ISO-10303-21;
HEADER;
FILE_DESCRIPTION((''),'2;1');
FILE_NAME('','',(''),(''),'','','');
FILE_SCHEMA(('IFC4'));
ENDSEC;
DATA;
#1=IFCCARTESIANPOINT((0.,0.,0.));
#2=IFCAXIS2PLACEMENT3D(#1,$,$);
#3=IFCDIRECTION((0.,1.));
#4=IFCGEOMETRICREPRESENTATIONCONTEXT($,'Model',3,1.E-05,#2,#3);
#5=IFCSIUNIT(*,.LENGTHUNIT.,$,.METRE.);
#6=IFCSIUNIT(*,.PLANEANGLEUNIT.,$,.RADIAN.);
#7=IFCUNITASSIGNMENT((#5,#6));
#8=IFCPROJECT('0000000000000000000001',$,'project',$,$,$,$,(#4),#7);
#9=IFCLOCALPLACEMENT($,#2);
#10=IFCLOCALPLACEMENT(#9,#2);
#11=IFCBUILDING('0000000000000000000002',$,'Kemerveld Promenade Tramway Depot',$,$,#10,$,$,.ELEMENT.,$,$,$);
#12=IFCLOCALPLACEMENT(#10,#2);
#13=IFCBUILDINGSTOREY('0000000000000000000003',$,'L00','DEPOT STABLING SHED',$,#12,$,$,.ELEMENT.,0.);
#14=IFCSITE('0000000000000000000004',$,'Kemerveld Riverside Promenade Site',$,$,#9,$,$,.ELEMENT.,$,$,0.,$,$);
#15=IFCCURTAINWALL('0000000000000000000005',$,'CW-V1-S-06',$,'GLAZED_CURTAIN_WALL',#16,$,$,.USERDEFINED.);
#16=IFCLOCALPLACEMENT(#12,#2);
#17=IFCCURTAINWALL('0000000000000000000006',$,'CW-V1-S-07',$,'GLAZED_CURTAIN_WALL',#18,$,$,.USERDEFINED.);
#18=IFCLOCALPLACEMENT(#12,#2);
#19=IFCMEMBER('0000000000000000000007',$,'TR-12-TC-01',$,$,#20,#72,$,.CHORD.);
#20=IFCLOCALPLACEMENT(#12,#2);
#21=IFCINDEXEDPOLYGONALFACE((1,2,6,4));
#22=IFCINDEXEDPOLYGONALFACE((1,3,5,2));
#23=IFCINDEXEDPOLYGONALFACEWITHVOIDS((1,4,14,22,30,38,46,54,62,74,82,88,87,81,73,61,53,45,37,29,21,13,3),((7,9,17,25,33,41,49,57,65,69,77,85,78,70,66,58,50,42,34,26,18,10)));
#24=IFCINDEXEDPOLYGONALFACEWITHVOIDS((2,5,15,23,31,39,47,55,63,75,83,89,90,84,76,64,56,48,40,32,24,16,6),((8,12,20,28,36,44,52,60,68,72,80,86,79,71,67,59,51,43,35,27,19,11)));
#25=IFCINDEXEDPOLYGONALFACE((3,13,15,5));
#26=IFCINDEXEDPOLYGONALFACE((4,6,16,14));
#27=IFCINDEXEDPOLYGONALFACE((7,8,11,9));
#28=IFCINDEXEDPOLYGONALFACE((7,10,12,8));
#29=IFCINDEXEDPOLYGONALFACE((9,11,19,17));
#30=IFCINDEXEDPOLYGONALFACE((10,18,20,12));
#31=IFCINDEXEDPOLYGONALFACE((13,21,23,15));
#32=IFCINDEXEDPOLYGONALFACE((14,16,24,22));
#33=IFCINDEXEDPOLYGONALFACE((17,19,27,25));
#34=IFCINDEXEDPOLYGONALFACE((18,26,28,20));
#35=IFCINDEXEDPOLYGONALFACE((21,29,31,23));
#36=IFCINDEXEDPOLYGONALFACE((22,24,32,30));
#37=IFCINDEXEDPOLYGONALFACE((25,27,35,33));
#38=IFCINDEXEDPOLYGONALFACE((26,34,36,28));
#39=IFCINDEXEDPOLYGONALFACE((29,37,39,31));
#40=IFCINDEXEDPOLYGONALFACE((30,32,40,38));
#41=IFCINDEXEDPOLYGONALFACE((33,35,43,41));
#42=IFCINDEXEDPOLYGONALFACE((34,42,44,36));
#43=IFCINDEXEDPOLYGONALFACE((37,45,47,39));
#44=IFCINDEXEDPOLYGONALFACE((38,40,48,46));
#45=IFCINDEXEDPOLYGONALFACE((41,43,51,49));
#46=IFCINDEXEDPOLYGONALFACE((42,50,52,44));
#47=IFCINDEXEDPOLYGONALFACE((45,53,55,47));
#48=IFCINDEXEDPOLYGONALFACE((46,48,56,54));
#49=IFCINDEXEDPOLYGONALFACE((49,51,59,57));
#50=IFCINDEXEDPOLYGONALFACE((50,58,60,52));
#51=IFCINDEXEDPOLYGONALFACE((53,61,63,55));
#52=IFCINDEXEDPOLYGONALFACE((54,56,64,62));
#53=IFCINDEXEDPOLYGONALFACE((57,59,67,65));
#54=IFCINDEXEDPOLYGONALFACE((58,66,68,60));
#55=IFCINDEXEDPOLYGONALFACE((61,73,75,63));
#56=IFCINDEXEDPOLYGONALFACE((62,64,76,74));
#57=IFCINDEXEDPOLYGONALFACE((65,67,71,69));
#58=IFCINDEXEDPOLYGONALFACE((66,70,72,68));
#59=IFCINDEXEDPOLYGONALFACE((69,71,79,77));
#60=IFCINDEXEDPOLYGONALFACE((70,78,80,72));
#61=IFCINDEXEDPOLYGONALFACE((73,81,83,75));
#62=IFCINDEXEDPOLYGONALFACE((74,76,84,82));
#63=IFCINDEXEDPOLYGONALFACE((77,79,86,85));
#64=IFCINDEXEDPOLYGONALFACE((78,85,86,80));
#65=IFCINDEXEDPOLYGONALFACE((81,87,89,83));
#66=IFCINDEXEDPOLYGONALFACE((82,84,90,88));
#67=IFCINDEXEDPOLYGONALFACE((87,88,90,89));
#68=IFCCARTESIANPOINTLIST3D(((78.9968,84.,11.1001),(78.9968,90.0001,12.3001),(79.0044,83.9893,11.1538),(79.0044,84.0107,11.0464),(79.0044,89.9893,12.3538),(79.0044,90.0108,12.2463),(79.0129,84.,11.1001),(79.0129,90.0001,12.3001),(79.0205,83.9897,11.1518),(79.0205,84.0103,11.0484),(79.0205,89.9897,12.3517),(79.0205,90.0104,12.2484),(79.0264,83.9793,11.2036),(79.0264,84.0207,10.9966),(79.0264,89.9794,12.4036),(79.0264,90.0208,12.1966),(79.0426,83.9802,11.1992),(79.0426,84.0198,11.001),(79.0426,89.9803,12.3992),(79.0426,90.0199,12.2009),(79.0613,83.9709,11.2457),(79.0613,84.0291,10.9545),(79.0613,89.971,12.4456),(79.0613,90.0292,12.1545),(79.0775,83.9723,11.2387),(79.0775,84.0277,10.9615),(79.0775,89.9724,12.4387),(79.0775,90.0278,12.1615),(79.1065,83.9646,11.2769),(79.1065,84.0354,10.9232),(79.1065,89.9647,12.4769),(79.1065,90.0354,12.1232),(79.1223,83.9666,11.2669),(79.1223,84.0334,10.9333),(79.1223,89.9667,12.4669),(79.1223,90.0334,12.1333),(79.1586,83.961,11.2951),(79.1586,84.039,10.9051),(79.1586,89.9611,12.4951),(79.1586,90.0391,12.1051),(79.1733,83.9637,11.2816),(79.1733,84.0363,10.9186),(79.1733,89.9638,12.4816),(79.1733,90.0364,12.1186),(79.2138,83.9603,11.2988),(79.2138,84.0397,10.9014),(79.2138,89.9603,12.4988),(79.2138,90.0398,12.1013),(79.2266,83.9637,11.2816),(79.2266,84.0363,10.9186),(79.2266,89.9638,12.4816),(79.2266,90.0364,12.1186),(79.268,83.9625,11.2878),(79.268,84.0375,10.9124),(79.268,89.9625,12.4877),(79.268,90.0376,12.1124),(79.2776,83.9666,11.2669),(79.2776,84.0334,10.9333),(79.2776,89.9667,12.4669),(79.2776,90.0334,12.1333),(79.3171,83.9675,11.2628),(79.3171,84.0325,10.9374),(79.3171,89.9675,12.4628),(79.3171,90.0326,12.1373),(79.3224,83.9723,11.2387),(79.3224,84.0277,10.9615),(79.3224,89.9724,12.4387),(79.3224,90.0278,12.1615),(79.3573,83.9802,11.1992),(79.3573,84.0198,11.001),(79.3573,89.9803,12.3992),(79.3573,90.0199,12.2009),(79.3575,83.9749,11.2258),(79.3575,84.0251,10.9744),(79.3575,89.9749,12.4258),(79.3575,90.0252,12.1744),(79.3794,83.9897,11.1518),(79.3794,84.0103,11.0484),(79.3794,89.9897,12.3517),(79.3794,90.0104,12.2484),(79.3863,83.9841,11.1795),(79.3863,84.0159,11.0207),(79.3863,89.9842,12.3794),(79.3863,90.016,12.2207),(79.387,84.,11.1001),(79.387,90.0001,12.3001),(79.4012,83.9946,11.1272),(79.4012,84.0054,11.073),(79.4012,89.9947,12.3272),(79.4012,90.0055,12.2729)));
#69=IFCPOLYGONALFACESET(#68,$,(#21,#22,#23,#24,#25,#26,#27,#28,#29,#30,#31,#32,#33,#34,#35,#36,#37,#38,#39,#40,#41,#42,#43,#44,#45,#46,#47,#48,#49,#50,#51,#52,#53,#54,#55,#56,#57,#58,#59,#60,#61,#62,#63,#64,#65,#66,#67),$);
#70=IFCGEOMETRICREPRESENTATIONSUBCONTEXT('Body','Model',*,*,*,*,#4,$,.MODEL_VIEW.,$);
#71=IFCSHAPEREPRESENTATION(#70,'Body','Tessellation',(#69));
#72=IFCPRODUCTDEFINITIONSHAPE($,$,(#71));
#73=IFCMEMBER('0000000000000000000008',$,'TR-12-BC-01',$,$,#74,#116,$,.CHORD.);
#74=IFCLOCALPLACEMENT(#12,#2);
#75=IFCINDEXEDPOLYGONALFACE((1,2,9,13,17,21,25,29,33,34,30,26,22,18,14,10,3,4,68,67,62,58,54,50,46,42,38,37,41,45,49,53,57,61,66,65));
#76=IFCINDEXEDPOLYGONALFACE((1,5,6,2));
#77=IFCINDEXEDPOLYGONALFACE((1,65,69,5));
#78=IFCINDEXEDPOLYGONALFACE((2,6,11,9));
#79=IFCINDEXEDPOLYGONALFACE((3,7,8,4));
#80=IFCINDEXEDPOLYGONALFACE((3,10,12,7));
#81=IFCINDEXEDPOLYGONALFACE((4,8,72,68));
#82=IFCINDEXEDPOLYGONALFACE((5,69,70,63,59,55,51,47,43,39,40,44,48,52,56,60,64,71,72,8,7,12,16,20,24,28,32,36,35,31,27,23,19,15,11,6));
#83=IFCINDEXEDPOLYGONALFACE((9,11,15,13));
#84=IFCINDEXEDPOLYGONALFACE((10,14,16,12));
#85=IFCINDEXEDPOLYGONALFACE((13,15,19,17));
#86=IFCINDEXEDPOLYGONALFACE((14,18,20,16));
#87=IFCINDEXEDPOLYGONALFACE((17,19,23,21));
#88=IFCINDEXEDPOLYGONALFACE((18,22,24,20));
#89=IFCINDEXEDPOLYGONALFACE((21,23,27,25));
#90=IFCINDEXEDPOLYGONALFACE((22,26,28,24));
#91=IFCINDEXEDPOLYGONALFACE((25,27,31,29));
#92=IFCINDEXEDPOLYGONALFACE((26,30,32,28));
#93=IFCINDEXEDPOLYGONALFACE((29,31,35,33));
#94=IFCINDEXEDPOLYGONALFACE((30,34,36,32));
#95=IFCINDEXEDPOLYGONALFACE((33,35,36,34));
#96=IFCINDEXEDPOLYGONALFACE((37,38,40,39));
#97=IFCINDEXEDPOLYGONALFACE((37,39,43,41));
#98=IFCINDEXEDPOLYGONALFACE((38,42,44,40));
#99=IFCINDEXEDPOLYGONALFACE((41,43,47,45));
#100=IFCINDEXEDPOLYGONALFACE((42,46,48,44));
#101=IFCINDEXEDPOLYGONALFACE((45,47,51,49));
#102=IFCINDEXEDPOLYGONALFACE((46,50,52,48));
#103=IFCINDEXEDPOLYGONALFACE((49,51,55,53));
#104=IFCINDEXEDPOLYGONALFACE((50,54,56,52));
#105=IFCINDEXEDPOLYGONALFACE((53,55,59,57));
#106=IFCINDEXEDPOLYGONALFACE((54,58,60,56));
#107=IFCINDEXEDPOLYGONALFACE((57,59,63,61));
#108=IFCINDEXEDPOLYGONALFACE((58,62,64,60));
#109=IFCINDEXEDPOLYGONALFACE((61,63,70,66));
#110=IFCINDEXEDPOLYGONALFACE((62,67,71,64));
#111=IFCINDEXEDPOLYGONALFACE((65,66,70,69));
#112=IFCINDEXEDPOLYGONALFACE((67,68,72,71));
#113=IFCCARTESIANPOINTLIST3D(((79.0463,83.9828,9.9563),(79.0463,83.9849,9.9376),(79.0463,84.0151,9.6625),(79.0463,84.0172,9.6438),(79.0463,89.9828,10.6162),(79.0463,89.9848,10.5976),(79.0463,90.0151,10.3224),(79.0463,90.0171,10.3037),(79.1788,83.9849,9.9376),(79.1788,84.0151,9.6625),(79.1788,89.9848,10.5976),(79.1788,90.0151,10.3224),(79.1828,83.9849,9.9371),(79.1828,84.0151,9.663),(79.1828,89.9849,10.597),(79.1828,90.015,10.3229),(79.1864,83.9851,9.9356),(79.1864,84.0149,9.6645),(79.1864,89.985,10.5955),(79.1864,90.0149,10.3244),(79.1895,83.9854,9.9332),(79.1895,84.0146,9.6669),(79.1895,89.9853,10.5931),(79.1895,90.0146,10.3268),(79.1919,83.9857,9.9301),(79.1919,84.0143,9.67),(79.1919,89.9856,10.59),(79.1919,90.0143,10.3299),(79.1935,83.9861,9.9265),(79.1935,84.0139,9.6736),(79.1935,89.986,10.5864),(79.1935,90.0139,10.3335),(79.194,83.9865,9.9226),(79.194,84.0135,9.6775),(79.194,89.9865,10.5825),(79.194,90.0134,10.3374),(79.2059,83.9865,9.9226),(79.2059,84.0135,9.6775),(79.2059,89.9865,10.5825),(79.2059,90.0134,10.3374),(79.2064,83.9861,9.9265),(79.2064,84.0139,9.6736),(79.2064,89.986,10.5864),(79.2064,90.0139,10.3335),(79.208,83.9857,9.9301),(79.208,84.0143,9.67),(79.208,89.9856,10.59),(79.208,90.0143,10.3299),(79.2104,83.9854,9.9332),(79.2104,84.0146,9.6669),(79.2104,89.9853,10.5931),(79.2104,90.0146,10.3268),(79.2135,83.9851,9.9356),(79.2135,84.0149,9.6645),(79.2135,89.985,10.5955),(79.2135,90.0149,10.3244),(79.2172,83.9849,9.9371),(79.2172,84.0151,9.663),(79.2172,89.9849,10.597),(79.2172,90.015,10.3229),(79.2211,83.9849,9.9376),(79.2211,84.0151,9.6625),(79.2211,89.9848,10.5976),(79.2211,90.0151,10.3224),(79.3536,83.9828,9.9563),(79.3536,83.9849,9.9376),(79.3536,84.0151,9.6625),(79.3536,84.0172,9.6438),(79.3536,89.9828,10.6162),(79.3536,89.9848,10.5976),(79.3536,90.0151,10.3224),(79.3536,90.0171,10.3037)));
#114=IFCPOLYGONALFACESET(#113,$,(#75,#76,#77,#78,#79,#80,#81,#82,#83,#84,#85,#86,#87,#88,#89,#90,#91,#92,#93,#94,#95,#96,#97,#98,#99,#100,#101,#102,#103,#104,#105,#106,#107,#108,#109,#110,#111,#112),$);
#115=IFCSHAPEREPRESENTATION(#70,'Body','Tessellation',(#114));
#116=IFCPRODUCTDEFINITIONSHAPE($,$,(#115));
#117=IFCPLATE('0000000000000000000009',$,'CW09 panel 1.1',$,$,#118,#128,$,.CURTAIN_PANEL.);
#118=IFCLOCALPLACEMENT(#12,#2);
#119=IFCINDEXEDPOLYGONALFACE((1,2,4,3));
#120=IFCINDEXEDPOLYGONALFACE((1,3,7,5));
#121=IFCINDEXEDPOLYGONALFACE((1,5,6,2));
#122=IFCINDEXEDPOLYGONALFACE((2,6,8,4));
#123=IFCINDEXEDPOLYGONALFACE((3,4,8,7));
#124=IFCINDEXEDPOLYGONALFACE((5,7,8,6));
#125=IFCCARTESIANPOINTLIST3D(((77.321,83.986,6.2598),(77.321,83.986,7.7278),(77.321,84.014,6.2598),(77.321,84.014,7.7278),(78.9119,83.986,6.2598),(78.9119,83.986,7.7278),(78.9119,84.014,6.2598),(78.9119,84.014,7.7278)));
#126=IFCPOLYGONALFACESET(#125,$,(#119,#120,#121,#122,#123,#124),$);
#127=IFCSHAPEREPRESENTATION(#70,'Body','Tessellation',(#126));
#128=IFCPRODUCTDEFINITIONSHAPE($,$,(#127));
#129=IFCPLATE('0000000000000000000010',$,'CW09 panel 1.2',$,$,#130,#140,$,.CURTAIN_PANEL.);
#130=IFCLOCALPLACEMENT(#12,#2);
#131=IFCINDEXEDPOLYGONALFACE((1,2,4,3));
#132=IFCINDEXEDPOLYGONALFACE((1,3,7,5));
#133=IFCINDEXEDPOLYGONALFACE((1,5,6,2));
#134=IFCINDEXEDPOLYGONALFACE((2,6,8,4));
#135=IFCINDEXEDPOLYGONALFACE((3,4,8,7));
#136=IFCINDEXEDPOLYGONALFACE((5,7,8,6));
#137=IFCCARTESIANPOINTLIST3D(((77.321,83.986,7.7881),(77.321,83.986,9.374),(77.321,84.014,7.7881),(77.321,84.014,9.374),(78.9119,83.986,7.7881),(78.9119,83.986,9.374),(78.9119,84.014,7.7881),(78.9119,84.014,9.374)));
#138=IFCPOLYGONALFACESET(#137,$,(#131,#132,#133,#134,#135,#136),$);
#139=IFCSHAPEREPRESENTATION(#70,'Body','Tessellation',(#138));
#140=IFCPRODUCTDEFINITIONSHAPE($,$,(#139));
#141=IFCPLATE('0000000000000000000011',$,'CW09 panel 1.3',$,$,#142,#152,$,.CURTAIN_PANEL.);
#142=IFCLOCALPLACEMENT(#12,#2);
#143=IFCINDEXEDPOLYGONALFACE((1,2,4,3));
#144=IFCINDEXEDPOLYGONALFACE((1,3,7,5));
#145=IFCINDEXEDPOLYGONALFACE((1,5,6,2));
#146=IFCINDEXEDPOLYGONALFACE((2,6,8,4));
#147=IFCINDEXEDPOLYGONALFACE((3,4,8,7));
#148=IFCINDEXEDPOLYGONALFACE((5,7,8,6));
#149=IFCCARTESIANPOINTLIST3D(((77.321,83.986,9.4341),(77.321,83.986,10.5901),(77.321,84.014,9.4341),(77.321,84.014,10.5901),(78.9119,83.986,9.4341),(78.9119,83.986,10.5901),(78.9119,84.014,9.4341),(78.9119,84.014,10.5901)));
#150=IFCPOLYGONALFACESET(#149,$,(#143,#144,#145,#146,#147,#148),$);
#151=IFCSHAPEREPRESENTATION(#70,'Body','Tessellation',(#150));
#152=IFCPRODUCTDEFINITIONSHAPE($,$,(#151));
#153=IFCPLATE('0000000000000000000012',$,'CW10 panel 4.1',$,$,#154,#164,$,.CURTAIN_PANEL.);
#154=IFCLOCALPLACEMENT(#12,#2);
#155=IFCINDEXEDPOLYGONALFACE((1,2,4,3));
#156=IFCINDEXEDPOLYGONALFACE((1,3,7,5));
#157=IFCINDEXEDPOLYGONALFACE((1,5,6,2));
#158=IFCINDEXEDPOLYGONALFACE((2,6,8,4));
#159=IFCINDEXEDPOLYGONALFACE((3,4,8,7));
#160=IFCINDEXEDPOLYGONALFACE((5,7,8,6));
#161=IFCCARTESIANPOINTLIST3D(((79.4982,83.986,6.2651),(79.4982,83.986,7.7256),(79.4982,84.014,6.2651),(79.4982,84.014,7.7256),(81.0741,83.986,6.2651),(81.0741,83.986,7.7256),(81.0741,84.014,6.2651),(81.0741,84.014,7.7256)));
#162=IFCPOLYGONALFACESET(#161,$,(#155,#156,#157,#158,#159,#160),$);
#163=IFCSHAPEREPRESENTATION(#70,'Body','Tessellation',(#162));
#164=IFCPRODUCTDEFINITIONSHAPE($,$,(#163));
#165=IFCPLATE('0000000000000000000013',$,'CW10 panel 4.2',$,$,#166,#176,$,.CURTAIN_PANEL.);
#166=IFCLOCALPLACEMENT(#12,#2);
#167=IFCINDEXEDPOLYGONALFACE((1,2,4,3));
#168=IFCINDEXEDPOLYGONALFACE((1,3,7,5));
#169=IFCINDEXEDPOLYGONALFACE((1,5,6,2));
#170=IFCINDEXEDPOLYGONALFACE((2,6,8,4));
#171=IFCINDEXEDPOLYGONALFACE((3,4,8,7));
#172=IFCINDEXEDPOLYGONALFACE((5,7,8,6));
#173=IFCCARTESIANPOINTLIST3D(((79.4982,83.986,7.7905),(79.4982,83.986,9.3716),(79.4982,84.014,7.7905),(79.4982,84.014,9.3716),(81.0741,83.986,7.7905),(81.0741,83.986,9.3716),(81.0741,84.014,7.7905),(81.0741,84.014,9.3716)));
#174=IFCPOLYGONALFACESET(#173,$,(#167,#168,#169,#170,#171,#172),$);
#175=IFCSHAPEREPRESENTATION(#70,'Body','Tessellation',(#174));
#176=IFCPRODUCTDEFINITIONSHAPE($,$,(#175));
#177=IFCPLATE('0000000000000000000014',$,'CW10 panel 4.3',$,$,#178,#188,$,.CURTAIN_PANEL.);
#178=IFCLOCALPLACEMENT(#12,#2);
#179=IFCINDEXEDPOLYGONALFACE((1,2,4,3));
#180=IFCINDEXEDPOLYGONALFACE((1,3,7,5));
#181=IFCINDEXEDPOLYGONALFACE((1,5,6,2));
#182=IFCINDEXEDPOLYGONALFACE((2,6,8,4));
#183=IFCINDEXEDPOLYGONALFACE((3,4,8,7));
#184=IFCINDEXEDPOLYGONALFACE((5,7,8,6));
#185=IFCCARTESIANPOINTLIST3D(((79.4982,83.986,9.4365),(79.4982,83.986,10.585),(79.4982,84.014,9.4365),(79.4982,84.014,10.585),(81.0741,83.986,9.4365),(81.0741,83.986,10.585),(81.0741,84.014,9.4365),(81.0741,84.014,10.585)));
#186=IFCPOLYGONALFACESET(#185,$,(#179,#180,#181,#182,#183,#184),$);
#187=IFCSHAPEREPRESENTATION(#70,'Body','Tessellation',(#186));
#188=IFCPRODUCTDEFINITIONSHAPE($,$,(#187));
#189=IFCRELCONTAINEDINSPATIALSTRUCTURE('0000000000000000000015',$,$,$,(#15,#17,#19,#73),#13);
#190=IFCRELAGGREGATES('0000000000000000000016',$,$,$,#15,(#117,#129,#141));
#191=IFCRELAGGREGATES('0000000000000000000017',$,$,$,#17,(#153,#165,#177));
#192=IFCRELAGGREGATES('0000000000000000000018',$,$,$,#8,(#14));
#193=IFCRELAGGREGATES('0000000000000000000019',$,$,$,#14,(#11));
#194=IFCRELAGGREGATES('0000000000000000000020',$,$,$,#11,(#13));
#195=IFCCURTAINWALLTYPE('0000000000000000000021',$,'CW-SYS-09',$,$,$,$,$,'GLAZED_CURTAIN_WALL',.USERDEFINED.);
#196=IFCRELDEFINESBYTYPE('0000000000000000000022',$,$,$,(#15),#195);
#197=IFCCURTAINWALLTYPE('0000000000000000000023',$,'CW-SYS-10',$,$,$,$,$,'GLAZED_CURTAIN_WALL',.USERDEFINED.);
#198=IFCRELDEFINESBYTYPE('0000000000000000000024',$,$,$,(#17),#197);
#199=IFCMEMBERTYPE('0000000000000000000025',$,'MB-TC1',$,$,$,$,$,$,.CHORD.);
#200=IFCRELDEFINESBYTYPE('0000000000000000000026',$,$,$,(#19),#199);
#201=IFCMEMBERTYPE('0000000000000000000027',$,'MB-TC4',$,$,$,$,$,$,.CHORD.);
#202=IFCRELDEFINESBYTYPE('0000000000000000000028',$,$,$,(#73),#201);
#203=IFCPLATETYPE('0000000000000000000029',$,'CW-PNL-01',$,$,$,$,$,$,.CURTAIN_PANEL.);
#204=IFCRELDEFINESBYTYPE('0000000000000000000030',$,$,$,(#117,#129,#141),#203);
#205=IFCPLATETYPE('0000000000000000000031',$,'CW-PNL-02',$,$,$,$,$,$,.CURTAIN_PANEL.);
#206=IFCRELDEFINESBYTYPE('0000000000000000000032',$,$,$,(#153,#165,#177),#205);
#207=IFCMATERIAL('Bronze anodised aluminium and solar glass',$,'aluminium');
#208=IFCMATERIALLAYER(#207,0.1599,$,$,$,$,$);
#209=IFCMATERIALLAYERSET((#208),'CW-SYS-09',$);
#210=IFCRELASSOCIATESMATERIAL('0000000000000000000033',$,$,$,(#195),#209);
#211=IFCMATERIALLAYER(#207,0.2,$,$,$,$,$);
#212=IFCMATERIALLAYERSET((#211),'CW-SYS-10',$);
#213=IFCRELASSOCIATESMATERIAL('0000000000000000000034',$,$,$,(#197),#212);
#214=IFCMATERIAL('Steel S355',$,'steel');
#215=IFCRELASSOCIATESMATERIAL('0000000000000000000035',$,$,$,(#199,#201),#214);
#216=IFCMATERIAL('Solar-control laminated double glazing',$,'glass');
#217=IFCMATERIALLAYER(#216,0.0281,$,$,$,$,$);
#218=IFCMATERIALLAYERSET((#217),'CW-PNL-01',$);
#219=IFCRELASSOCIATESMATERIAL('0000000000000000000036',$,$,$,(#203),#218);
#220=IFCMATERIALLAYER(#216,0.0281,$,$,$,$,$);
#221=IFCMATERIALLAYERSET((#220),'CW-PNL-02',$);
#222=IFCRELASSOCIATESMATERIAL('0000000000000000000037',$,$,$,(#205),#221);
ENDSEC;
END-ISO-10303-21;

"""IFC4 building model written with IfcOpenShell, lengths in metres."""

from ifc_helpers import new_model, si_unit, direction, frame, origin, origin_2d, place, context, subcontext, project, spatial, rectangle, hollow_circle, i_section, extrude, material, layer, layer_set, material_profile, profile_set, type_object, element, aggregate, save


model = new_model("IFC4")

# Units and contexts
model_context = context("Model", 3, precision=1e-05, world=origin(), true_north=direction((0.0, 1.0)))
body_context = subcontext(model_context, "Body", "Model", "MODEL_VIEW")
ifc_project = project(units=[si_unit("LENGTHUNIT", "METRE"), si_unit("PLANEANGLEUNIT", "RADIAN")], contexts=[model_context])

# Site, building, storey
site_placement = place(None, origin())
site = spatial("IfcSite", under=ifc_project, at=site_placement, Name="Kemerveld Riverside Promenade Site", CompositionType="ELEMENT", RefElevation=0.0)
building_placement = place(site_placement, origin())
building = spatial("IfcBuilding", under=site, at=building_placement, Name="Kemerveld Promenade Tramway Depot", CompositionType="ELEMENT")
storey_placement = place(building_placement, origin())
storey = spatial("IfcBuildingStorey", under=building, at=storey_placement, Name="L00", Description="DEPOT STABLING SHED", CompositionType="ELEMENT", Elevation=0.0)

# Shared definitions
ifc_material_1 = material(Name="Steel S355", Category="steel")

# Curtain wall
ifc_material_2 = material(Name="Bronze anodised aluminium and solar glass", Category="aluminium")
ifc_layer_1 = layer(ifc_material_2, 0.1599)
ifc_layer_set_1 = layer_set([ifc_layer_1], Name="CW-SYS-09")
curtain_wall_type_1 = type_object("IfcCurtainWallType", Name="CW-SYS-09", ElementType="GLAZED_CURTAIN_WALL", PredefinedType="USERDEFINED", material=ifc_layer_set_1)
curtain_wall_1_placement = place(storey_placement, origin())
curtain_wall_1 = element("IfcCurtainWall", 1, at=curtain_wall_1_placement, inside=storey, type_object=curtain_wall_type_1, Name="CW-V1-S-06", ObjectType="GLAZED_CURTAIN_WALL", PredefinedType="USERDEFINED")

# Curtain wall
ifc_layer_2 = layer(ifc_material_2, 0.2)
ifc_layer_set_2 = layer_set([ifc_layer_2], Name="CW-SYS-10")
curtain_wall_type_2 = type_object("IfcCurtainWallType", Name="CW-SYS-10", ElementType="GLAZED_CURTAIN_WALL", PredefinedType="USERDEFINED", material=ifc_layer_set_2)
curtain_wall_2_placement = place(storey_placement, origin())
curtain_wall_2 = element("IfcCurtainWall", 2, at=curtain_wall_2_placement, inside=storey, type_object=curtain_wall_type_2, Name="CW-V1-S-07", ObjectType="GLAZED_CURTAIN_WALL", PredefinedType="USERDEFINED")

# Members
ifc_material_profile_1 = material_profile(ifc_material_1, hollow_circle(Radius=0.2031, WallThickness=0.0161, at=origin_2d()), Name="406.4x16.0 CHS")
ifc_profile_set_1 = profile_set([ifc_material_profile_1], Name="Steel S355")
member_type_1 = type_object("IfcMemberType", Name="MB-TC1", PredefinedType="CHORD", material=ifc_profile_set_1)
member_1_placement = place(storey_placement, frame((79.2, 84.0, 11.1001), z_axis=(0.0, 0.980582, 0.196108), x_axis=(-1.0, 0.0, 0.0)))
element("IfcMember", 3, at=member_1_placement, inside=storey, type_object=member_type_1, Name="TR-12-TC-01", PredefinedType="CHORD", context=body_context, shape_type="SweptSolid", body=[
    extrude(hollow_circle(Radius=0.2031, WallThickness=0.0161, at=origin_2d()), origin(), (0.0, 0.0, 1.0), 6.1189),
])
ifc_material_profile_2 = material_profile(ifc_material_1, i_section(OverallWidth=0.3074, OverallDepth=0.3145, WebThickness=0.012, FlangeThickness=0.0188, FilletRadius=0.0151, at=origin_2d()), Name="305x305x118 UC")
ifc_profile_set_2 = profile_set([ifc_material_profile_2], Name="Steel S355")
member_type_2 = type_object("IfcMemberType", Name="MB-TC4", PredefinedType="CHORD", material=ifc_profile_set_2)
member_2_placement = place(storey_placement, frame((79.2, 84.0, 9.8), z_axis=(0.0, 0.994006, 0.109326), x_axis=(-1.0, 0.0, 0.0)))
element("IfcMember", 4, at=member_2_placement, inside=storey, type_object=member_type_2, Name="TR-12-BC-01", PredefinedType="CHORD", context=body_context, shape_type="SweptSolid", body=[
    extrude(i_section(OverallWidth=0.3074, OverallDepth=0.3145, WebThickness=0.012, FlangeThickness=0.0188, FilletRadius=0.0151, at=origin_2d()), origin(), (0.0, 0.0, 1.0), 6.0361),
])

# Plates
ifc_material_3 = material(Name="Solar-control laminated double glazing", Category="glass")
ifc_layer_3 = layer(ifc_material_3, 0.0281)
ifc_layer_set_3 = layer_set([ifc_layer_3], Name="CW-PNL-01")
plate_type_1 = type_object("IfcPlateType", Name="CW-PNL-01", PredefinedType="CURTAIN_PANEL", material=ifc_layer_set_3)
plate_1_placement = place(storey_placement, frame((78.1165, 84.0, 6.2598), z_axis=(0.0, 0.0, 1.0), x_axis=(-1.0, 0.0, 0.0)))
plate_1 = element("IfcPlate", 5, at=plate_1_placement, type_object=plate_type_1, Name="CW09 panel 1.1", PredefinedType="CURTAIN_PANEL", context=body_context, shape_type="SweptSolid", body=[
    extrude(rectangle(XDim=1.5908, YDim=0.0281, at=origin_2d()), origin(), (0.0, 0.0, 1.0), 1.468),
])
plate_2_placement = place(storey_placement, frame((78.1165, 84.0, 7.7881), z_axis=(0.0, 0.0, 1.0), x_axis=(-1.0, 0.0, 0.0)))
plate_2 = element("IfcPlate", 6, at=plate_2_placement, type_object=plate_type_1, Name="CW09 panel 1.2", PredefinedType="CURTAIN_PANEL", context=body_context, shape_type="SweptSolid", body=[
    extrude(rectangle(XDim=1.5908, YDim=0.0281, at=origin_2d()), origin(), (0.0, 0.0, 1.0), 1.5859),
])
plate_3_placement = place(storey_placement, frame((78.1165, 84.0, 9.4341), z_axis=(0.0, 0.0, 1.0), x_axis=(-1.0, 0.0, 0.0)))
plate_3 = element("IfcPlate", 7, at=plate_3_placement, type_object=plate_type_1, Name="CW09 panel 1.3", PredefinedType="CURTAIN_PANEL", context=body_context, shape_type="SweptSolid", body=[
    extrude(rectangle(XDim=1.5908, YDim=0.0281, at=origin_2d()), origin(), (0.0, 0.0, 1.0), 1.156),
])
aggregate(curtain_wall_1, [plate_1, plate_2, plate_3])
ifc_layer_4 = layer(ifc_material_3, 0.0281)
ifc_layer_set_4 = layer_set([ifc_layer_4], Name="CW-PNL-02")
plate_type_2 = type_object("IfcPlateType", Name="CW-PNL-02", PredefinedType="CURTAIN_PANEL", material=ifc_layer_set_4)
plate_4_placement = place(storey_placement, frame((80.2861, 84.0, 6.2651), z_axis=(0.0, 0.0, 1.0), x_axis=(-1.0, 0.0, 0.0)))
plate_4 = element("IfcPlate", 8, at=plate_4_placement, type_object=plate_type_2, Name="CW10 panel 4.1", PredefinedType="CURTAIN_PANEL", context=body_context, shape_type="SweptSolid", body=[
    extrude(rectangle(XDim=1.5759, YDim=0.0281, at=origin_2d()), origin(), (0.0, 0.0, 1.0), 1.4604),
])
plate_5_placement = place(storey_placement, frame((80.2861, 84.0, 7.7905), z_axis=(0.0, 0.0, 1.0), x_axis=(-1.0, 0.0, 0.0)))
plate_5 = element("IfcPlate", 9, at=plate_5_placement, type_object=plate_type_2, Name="CW10 panel 4.2", PredefinedType="CURTAIN_PANEL", context=body_context, shape_type="SweptSolid", body=[
    extrude(rectangle(XDim=1.5759, YDim=0.0281, at=origin_2d()), origin(), (0.0, 0.0, 1.0), 1.5811),
])
plate_6_placement = place(storey_placement, frame((80.2861, 84.0, 9.4365), z_axis=(0.0, 0.0, 1.0), x_axis=(-1.0, 0.0, 0.0)))
plate_6 = element("IfcPlate", 10, at=plate_6_placement, type_object=plate_type_2, Name="CW10 panel 4.3", PredefinedType="CURTAIN_PANEL", context=body_context, shape_type="SweptSolid", body=[
    extrude(rectangle(XDim=1.5759, YDim=0.0281, at=origin_2d()), origin(), (0.0, 0.0, 1.0), 1.1484),
])
aggregate(curtain_wall_2, [plate_4, plate_5, plate_6])

save(model, "model.ifc")
